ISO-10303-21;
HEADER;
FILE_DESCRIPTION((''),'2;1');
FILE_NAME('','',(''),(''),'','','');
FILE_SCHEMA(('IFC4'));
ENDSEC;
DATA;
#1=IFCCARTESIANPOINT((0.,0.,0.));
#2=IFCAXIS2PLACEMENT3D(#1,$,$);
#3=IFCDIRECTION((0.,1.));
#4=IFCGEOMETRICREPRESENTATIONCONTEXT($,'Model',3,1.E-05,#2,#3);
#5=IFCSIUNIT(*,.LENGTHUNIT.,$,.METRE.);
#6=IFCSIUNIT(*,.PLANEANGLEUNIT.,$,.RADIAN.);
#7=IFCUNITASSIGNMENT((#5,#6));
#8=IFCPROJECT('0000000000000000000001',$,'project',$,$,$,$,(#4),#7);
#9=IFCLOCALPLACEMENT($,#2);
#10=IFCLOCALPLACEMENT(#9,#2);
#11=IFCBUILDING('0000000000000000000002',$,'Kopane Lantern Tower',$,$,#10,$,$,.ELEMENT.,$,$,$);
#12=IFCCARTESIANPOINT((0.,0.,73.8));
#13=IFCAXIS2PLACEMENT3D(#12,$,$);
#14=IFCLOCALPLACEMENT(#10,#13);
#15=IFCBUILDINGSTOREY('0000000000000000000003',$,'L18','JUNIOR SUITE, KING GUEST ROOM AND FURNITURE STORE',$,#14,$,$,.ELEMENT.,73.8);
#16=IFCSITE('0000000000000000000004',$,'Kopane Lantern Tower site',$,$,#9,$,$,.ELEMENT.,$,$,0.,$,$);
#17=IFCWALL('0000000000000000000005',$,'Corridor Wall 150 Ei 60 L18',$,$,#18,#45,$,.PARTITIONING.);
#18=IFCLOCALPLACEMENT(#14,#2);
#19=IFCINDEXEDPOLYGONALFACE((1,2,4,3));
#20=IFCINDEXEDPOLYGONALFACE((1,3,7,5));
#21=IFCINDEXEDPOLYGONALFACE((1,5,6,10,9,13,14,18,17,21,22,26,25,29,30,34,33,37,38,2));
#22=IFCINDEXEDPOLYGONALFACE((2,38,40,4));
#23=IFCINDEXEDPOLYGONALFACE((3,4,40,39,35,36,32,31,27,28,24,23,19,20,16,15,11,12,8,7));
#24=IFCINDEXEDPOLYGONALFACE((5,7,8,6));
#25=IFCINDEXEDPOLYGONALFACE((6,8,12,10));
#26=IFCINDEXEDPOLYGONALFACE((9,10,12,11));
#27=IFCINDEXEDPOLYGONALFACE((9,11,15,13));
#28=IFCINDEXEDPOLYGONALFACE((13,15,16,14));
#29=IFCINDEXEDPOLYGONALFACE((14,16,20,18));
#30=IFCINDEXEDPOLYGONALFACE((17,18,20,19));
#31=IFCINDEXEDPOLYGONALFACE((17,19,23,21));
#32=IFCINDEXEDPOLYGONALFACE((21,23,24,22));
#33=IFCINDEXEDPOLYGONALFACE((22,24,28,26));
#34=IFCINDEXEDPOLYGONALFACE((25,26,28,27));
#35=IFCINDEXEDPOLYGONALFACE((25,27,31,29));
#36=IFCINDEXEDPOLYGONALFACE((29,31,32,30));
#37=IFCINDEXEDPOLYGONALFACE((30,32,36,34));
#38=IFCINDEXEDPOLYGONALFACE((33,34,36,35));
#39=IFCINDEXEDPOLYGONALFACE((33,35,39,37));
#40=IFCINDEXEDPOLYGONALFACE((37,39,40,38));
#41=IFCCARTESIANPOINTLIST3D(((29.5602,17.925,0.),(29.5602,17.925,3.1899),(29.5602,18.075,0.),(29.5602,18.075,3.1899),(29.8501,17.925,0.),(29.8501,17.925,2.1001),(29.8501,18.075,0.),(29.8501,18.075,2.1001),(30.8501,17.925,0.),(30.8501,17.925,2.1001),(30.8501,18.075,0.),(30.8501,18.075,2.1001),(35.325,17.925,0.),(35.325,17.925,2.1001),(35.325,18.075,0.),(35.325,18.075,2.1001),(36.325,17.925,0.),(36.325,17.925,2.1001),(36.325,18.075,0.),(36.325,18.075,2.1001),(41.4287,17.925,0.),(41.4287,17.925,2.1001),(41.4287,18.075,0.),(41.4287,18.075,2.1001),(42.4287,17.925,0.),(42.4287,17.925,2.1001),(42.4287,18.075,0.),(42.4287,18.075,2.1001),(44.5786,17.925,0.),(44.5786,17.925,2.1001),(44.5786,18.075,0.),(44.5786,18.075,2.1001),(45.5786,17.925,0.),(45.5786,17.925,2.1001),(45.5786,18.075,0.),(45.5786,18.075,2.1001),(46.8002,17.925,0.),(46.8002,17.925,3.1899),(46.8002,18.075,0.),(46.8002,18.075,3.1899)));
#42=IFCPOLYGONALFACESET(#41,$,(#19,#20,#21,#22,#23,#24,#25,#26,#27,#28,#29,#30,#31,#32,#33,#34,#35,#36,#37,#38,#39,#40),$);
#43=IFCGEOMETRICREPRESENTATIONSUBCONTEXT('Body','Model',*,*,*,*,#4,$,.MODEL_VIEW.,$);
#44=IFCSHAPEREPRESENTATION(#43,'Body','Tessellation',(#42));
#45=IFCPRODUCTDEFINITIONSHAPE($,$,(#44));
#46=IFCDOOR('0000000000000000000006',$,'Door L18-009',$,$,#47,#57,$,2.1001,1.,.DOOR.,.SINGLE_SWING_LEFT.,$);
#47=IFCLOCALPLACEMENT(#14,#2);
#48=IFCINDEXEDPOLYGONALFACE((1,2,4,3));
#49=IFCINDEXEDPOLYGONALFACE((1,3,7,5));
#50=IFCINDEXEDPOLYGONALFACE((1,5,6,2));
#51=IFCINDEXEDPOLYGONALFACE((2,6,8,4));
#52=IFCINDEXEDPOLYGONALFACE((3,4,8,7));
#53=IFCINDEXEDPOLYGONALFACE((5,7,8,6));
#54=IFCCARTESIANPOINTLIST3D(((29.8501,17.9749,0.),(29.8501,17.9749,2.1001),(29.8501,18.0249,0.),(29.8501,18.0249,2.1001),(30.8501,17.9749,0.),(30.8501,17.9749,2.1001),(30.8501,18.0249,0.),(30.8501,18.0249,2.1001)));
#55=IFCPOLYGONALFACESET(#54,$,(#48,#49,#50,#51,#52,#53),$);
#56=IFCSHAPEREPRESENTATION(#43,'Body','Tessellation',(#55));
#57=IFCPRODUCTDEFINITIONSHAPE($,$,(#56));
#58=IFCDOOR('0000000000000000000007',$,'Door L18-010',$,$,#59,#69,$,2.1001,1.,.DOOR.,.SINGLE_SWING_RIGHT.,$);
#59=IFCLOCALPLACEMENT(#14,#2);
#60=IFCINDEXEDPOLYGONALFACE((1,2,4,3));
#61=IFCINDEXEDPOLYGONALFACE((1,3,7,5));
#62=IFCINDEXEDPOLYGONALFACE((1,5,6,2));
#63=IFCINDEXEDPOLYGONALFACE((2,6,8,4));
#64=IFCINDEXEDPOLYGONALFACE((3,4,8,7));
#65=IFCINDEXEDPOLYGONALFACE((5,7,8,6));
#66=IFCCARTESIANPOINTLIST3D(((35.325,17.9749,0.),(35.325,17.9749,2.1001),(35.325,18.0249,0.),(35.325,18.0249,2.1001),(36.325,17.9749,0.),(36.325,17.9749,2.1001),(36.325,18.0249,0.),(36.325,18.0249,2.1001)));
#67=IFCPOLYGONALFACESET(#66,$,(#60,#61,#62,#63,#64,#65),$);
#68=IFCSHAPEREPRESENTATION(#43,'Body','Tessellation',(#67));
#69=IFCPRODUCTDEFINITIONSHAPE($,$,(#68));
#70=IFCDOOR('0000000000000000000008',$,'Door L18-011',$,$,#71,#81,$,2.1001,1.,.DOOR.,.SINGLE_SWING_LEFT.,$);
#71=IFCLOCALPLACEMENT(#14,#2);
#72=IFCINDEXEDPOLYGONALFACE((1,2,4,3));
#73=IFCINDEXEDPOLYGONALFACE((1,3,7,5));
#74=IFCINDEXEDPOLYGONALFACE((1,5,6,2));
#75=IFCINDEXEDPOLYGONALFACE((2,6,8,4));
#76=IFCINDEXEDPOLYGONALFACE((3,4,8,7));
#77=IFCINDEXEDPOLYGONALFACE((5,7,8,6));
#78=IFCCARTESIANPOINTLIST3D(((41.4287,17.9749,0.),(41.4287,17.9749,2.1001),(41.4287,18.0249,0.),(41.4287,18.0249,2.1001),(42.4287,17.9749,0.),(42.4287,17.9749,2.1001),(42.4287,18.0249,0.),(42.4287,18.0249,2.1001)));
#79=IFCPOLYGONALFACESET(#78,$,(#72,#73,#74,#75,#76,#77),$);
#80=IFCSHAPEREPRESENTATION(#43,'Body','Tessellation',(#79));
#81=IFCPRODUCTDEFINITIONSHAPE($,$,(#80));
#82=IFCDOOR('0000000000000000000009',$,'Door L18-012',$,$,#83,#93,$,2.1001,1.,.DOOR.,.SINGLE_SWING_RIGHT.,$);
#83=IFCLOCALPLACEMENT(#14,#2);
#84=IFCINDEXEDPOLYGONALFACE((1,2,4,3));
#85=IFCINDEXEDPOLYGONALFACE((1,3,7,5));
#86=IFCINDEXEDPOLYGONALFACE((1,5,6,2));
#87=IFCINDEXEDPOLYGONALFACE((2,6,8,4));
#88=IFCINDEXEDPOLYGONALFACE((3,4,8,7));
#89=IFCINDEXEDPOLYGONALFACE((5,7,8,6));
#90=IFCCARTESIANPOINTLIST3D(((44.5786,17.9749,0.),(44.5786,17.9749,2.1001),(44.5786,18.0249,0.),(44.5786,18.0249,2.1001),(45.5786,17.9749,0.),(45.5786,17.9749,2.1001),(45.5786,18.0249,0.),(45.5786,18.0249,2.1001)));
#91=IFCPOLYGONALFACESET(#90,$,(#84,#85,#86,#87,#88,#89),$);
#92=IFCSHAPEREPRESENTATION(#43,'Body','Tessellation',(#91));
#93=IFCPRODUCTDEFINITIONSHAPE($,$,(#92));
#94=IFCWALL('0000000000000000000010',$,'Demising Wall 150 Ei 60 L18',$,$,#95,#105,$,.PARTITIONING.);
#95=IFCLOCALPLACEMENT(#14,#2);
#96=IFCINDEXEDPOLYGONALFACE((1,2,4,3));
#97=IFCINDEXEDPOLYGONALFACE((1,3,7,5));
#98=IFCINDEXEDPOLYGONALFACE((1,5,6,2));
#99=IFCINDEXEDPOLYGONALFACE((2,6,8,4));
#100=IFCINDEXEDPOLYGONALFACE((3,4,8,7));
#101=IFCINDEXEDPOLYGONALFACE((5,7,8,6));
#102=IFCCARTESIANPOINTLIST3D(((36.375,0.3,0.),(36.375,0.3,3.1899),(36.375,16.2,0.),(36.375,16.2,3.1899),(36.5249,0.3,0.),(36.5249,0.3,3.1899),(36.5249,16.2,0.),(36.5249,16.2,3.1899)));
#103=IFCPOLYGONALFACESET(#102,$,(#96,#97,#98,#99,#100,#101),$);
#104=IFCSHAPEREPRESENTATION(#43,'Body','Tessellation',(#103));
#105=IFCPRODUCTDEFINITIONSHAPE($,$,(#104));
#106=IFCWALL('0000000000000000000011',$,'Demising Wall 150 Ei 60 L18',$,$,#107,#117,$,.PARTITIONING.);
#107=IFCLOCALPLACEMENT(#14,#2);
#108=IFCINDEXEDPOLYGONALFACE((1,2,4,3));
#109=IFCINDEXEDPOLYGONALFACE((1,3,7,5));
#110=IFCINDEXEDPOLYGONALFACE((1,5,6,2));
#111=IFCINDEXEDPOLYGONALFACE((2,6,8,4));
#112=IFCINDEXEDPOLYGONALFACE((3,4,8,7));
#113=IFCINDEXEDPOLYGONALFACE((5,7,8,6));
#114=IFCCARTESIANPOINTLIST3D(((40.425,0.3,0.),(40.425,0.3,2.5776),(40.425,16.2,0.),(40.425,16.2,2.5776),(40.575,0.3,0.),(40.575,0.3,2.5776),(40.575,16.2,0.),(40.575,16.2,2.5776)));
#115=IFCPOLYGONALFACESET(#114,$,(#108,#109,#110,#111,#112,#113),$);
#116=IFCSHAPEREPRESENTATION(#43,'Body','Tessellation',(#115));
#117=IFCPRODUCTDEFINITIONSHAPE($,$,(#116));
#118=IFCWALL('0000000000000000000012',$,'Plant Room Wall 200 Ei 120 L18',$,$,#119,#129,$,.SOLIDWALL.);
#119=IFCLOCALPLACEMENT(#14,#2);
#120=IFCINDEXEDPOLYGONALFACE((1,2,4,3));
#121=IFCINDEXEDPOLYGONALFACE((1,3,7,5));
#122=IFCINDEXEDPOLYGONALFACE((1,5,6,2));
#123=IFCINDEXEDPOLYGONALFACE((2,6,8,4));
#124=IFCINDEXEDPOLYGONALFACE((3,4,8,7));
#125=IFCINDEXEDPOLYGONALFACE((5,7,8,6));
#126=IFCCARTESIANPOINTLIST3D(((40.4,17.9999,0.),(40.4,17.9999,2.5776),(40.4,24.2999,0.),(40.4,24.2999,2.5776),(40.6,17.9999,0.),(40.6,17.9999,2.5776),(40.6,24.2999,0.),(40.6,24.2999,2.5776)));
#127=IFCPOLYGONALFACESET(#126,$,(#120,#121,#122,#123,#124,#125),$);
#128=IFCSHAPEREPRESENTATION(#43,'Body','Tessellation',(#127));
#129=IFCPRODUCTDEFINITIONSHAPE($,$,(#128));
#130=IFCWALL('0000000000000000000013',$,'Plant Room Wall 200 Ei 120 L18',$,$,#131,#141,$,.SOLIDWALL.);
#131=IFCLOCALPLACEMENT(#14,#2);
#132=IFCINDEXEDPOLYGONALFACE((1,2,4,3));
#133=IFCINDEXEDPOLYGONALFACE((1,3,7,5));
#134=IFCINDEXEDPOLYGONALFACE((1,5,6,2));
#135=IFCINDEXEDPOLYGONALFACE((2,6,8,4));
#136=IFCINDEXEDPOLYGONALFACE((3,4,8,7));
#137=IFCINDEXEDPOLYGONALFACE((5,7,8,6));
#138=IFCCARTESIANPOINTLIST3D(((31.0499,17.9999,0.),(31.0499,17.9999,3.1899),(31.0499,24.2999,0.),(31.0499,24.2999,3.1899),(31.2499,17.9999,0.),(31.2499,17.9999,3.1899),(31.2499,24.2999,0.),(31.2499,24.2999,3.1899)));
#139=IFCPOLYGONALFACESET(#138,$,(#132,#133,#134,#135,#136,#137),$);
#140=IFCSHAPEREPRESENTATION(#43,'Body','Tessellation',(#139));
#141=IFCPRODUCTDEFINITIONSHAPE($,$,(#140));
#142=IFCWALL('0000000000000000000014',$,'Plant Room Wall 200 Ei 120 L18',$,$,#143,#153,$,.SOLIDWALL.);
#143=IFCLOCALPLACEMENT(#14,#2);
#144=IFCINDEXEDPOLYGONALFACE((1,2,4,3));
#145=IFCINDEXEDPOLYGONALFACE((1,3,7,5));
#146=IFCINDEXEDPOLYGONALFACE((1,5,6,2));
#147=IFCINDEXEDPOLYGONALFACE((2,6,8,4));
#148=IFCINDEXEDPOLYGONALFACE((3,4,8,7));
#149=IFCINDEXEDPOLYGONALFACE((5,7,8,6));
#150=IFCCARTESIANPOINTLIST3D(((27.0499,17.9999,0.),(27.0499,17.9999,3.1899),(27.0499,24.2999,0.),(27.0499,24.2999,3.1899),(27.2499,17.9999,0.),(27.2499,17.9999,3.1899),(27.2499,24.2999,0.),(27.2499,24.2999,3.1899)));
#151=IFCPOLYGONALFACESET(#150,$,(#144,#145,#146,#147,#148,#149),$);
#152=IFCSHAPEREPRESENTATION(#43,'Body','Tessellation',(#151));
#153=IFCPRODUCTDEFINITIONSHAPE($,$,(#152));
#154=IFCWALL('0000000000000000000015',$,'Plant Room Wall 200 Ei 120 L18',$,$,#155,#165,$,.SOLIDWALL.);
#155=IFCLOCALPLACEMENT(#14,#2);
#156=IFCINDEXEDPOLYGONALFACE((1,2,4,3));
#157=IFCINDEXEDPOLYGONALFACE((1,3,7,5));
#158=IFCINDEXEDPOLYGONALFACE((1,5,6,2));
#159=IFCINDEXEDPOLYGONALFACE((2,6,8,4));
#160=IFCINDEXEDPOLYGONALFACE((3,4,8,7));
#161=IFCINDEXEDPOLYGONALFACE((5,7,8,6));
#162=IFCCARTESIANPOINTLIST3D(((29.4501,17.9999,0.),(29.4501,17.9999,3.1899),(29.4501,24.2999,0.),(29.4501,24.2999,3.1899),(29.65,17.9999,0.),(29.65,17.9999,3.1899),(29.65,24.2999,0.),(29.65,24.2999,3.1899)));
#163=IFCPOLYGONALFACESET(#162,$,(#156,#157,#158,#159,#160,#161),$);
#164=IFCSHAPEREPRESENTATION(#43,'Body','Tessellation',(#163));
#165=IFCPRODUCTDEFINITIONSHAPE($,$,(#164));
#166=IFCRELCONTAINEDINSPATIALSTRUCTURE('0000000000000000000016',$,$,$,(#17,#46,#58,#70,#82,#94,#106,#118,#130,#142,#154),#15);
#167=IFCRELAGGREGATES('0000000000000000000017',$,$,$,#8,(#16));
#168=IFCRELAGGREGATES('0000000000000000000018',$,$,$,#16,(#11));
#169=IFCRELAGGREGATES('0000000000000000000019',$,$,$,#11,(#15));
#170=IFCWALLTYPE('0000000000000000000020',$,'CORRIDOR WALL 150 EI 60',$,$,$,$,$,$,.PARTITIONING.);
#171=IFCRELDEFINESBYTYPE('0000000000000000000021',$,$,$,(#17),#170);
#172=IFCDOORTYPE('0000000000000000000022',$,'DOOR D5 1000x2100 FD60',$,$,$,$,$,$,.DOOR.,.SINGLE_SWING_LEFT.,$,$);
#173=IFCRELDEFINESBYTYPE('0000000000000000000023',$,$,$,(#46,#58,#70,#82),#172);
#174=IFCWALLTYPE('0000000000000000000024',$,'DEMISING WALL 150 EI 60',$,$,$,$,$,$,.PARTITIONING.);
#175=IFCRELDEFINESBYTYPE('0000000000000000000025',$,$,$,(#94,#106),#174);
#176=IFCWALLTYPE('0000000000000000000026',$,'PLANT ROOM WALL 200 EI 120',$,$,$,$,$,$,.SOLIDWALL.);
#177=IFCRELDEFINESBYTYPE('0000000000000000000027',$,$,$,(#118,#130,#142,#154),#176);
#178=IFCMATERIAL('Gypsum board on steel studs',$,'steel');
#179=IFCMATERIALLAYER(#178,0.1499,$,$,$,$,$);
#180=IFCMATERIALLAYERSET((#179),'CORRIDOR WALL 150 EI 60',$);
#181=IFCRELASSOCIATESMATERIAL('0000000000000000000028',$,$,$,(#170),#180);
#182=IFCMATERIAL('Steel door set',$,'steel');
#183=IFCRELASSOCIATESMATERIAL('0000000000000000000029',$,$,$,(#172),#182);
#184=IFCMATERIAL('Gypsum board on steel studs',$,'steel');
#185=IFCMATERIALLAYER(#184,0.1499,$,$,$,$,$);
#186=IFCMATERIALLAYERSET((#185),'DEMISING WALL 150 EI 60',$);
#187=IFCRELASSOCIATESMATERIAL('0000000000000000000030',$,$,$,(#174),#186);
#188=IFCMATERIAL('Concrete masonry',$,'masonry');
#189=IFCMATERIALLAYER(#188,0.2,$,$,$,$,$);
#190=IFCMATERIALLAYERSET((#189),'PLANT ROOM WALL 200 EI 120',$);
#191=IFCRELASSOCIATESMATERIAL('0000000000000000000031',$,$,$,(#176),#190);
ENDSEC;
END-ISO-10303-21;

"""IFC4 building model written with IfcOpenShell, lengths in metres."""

from ifc_helpers import new_model, si_unit, direction, frame, frame_2d, origin, place, context, subcontext, project, spatial, rectangle, extrude, material, layer, layer_set, type_object, element, fill, save


model = new_model("IFC4")

# Units and contexts
model_context = context("Model", 3, precision=1e-05, world=origin(), true_north=direction((0.0, 1.0)))
body_context = subcontext(model_context, "Body", "Model", "MODEL_VIEW")
ifc_project = project(units=[si_unit("LENGTHUNIT", "METRE"), si_unit("PLANEANGLEUNIT", "RADIAN")], contexts=[model_context])

# Site, building, storey
site_placement = place(None, origin())
site = spatial("IfcSite", under=ifc_project, at=site_placement, Name="Kopane Lantern Tower site", CompositionType="ELEMENT", RefElevation=0.0)
building_placement = place(site_placement, origin())
building = spatial("IfcBuilding", under=site, at=building_placement, Name="Kopane Lantern Tower", CompositionType="ELEMENT")
storey_placement = place(building_placement, frame((0.0, 0.0, 73.8)))
storey = spatial("IfcBuildingStorey", under=building, at=storey_placement, Name="L18", Description="JUNIOR SUITE, KING GUEST ROOM AND FURNITURE STORE", CompositionType="ELEMENT", Elevation=73.8)

# Wall, openings, doors
ifc_material_1 = material(Name="Gypsum board on steel studs", Category="steel")
ifc_layer_1 = layer(ifc_material_1, 0.1499)
ifc_layer_set_1 = layer_set([ifc_layer_1], Name="CORRIDOR WALL 150 EI 60")
wall_type_1 = type_object("IfcWallType", Name="CORRIDOR WALL 150 EI 60", PredefinedType="PARTITIONING", material=ifc_layer_set_1)
wall_1_placement = place(storey_placement, frame((29.5601, 18.0, 0.0), z_axis=(0.0, 0.0, 1.0), x_axis=(1.0, 0.0, 0.0)))
wall_1 = element("IfcWall", 1, at=wall_1_placement, inside=storey, type_object=wall_type_1, Name="Corridor Wall 150 Ei 60 L18", PredefinedType="PARTITIONING", context=body_context, shape_type="SweptSolid", body=[
    extrude(rectangle(XDim=17.24, YDim=0.1499, at=frame_2d((8.6201, 0.0))), origin(), (0.0, 0.0, 1.0), 3.1899),
])
opening_1_placement = place(wall_1_placement, frame((0.29, 0.0, 0.0)))
opening_1 = element("IfcOpeningElement", 2, at=opening_1_placement, cuts=wall_1, PredefinedType="OPENING", context=body_context, shape_type="SweptSolid", body=[
    extrude(rectangle(XDim=1.0, YDim=2.1001, at=frame_2d((0.5, 1.05))), frame((0.0, 0.085, 0.0), z_axis=(0.0, -1.0, 0.0), x_axis=(1.0, 0.0, 0.0)), (0.0, 0.0, 1.0), 0.1699),
])
opening_2_placement = place(wall_1_placement, frame((5.7649, 0.0, 0.0)))
opening_2 = element("IfcOpeningElement", 3, at=opening_2_placement, cuts=wall_1, PredefinedType="OPENING", context=body_context, shape_type="SweptSolid", body=[
    extrude(rectangle(XDim=1.0, YDim=2.1001, at=frame_2d((0.5, 1.05))), frame((0.0, 0.085, 0.0), z_axis=(0.0, -1.0, 0.0), x_axis=(1.0, 0.0, 0.0)), (0.0, 0.0, 1.0), 0.1699),
])
opening_3_placement = place(wall_1_placement, frame((11.8687, 0.0, 0.0)))
opening_3 = element("IfcOpeningElement", 4, at=opening_3_placement, cuts=wall_1, PredefinedType="OPENING", context=body_context, shape_type="SweptSolid", body=[
    extrude(rectangle(XDim=1.0, YDim=2.1001, at=frame_2d((0.5, 1.05))), frame((0.0, 0.085, 0.0), z_axis=(0.0, -1.0, 0.0), x_axis=(1.0, 0.0, 0.0)), (0.0, 0.0, 1.0), 0.1699),
])
opening_4_placement = place(wall_1_placement, frame((15.0186, 0.0, 0.0)))
opening_4 = element("IfcOpeningElement", 5, at=opening_4_placement, cuts=wall_1, PredefinedType="OPENING", context=body_context, shape_type="SweptSolid", body=[
    extrude(rectangle(XDim=1.0, YDim=2.1001, at=frame_2d((0.5, 1.05))), frame((0.0, 0.085, 0.0), z_axis=(0.0, -1.0, 0.0), x_axis=(1.0, 0.0, 0.0)), (0.0, 0.0, 1.0), 0.1699),
])
ifc_material_2 = material(Name="Steel door set", Category="steel")
door_type_1 = type_object("IfcDoorType", Name="DOOR D5 1000x2100 FD60", OperationType="SINGLE_SWING_LEFT", PredefinedType="DOOR", material=ifc_material_2)
door_1_placement = place(opening_1_placement, origin())
door_1 = element("IfcDoor", 6, at=door_1_placement, inside=storey, type_object=door_type_1, Name="Door L18-009", OperationType="SINGLE_SWING_LEFT", OverallHeight=2.1001, OverallWidth=1.0, PredefinedType="DOOR", context=body_context, shape_type="SweptSolid", body=[
    extrude(rectangle(XDim=1.0, YDim=2.1001, at=frame_2d((0.5, 1.05))), frame((0.0, 0.0249, 0.0), z_axis=(0.0, -1.0, 0.0), x_axis=(1.0, 0.0, 0.0)), (0.0, 0.0, 1.0), 0.05),
])
fill(opening_1, door_1)
door_2_placement = place(opening_2_placement, origin())
door_2 = element("IfcDoor", 7, at=door_2_placement, inside=storey, type_object=door_type_1, Name="Door L18-010", OperationType="SINGLE_SWING_RIGHT", OverallHeight=2.1001, OverallWidth=1.0, PredefinedType="DOOR", context=body_context, shape_type="SweptSolid", body=[
    extrude(rectangle(XDim=1.0, YDim=2.1001, at=frame_2d((0.5, 1.05))), frame((0.0, 0.0249, 0.0), z_axis=(0.0, -1.0, 0.0), x_axis=(1.0, 0.0, 0.0)), (0.0, 0.0, 1.0), 0.05),
])
fill(opening_2, door_2)
door_3_placement = place(opening_3_placement, origin())
door_3 = element("IfcDoor", 8, at=door_3_placement, inside=storey, type_object=door_type_1, Name="Door L18-011", OperationType="SINGLE_SWING_LEFT", OverallHeight=2.1001, OverallWidth=1.0, PredefinedType="DOOR", context=body_context, shape_type="SweptSolid", body=[
    extrude(rectangle(XDim=1.0, YDim=2.1001, at=frame_2d((0.5, 1.05))), frame((0.0, 0.0249, 0.0), z_axis=(0.0, -1.0, 0.0), x_axis=(1.0, 0.0, 0.0)), (0.0, 0.0, 1.0), 0.05),
])
fill(opening_3, door_3)
door_4_placement = place(opening_4_placement, origin())
door_4 = element("IfcDoor", 9, at=door_4_placement, inside=storey, type_object=door_type_1, Name="Door L18-012", OperationType="SINGLE_SWING_RIGHT", OverallHeight=2.1001, OverallWidth=1.0, PredefinedType="DOOR", context=body_context, shape_type="SweptSolid", body=[
    extrude(rectangle(XDim=1.0, YDim=2.1001, at=frame_2d((0.5, 1.05))), frame((0.0, 0.0249, 0.0), z_axis=(0.0, -1.0, 0.0), x_axis=(1.0, 0.0, 0.0)), (0.0, 0.0, 1.0), 0.05),
])
fill(opening_4, door_4)

# Walls
ifc_material_3 = material(Name="Gypsum board on steel studs", Category="steel")
ifc_layer_2 = layer(ifc_material_3, 0.1499)
ifc_layer_set_2 = layer_set([ifc_layer_2], Name="DEMISING WALL 150 EI 60")
wall_type_2 = type_object("IfcWallType", Name="DEMISING WALL 150 EI 60", PredefinedType="PARTITIONING", material=ifc_layer_set_2)
wall_2_placement = place(storey_placement, frame((36.45, 16.2, 0.0), z_axis=(0.0, 0.0, 1.0), x_axis=(0.0, -1.0, 0.0)))
element("IfcWall", 10, at=wall_2_placement, inside=storey, type_object=wall_type_2, Name="Demising Wall 150 Ei 60 L18", PredefinedType="PARTITIONING", context=body_context, shape_type="SweptSolid", body=[
    extrude(rectangle(XDim=15.8999, YDim=0.1499, at=frame_2d((7.95, 0.0))), origin(), (0.0, 0.0, 1.0), 3.1899),
])
wall_3_placement = place(storey_placement, frame((40.5, 16.2, 0.0), z_axis=(0.0, 0.0, 1.0), x_axis=(0.0, -1.0, 0.0)))
element("IfcWall", 11, at=wall_3_placement, inside=storey, type_object=wall_type_2, Name="Demising Wall 150 Ei 60 L18", PredefinedType="PARTITIONING", context=body_context, shape_type="SweptSolid", body=[
    extrude(rectangle(XDim=15.8999, YDim=0.1499, at=frame_2d((7.95, 0.0))), origin(), (0.0, 0.0, 1.0), 2.5776),
])
ifc_material_4 = material(Name="Concrete masonry", Category="masonry")
ifc_layer_3 = layer(ifc_material_4, 0.2)
ifc_layer_set_3 = layer_set([ifc_layer_3], Name="PLANT ROOM WALL 200 EI 120")
wall_type_3 = type_object("IfcWallType", Name="PLANT ROOM WALL 200 EI 120", PredefinedType="SOLIDWALL", material=ifc_layer_set_3)
wall_4_placement = place(storey_placement, frame((40.5, 18.0, 0.0), z_axis=(0.0, 0.0, 1.0), x_axis=(0.0, 1.0, 0.0)))
element("IfcWall", 12, at=wall_4_placement, inside=storey, type_object=wall_type_3, Name="Plant Room Wall 200 Ei 120 L18", PredefinedType="SOLIDWALL", context=body_context, shape_type="SweptSolid", body=[
    extrude(rectangle(XDim=6.3, YDim=0.2, at=frame_2d((3.1499, 0.0))), origin(), (0.0, 0.0, 1.0), 2.5776),
])
for number, where, z_axis, x_axis, name in (
    (13, (31.1499, 18.0, 0.0), (0.0, 0.0, 1.0), (0.0, 1.0, 0.0), "Plant Room Wall 200 Ei 120 L18"),
    (14, (27.1499, 18.0, 0.0), (0.0, 0.0, 1.0), (0.0, 1.0, 0.0), "Plant Room Wall 200 Ei 120 L18"),
    (15, (29.55, 18.0, 0.0), (0.0, 0.0, 1.0), (0.0, 1.0, 0.0), "Plant Room Wall 200 Ei 120 L18"),
):
    element("IfcWall", number, at=place(storey_placement, frame(where, z_axis=z_axis, x_axis=x_axis)), inside=storey, type_object=wall_type_3, Name=name, PredefinedType="SOLIDWALL", context=body_context, shape_type="SweptSolid", body=[
        extrude(rectangle(XDim=6.3, YDim=0.2, at=frame_2d((3.1499, 0.0))), origin(), (0.0, 0.0, 1.0), 3.1899),
    ])

save(model, "model.ifc")
